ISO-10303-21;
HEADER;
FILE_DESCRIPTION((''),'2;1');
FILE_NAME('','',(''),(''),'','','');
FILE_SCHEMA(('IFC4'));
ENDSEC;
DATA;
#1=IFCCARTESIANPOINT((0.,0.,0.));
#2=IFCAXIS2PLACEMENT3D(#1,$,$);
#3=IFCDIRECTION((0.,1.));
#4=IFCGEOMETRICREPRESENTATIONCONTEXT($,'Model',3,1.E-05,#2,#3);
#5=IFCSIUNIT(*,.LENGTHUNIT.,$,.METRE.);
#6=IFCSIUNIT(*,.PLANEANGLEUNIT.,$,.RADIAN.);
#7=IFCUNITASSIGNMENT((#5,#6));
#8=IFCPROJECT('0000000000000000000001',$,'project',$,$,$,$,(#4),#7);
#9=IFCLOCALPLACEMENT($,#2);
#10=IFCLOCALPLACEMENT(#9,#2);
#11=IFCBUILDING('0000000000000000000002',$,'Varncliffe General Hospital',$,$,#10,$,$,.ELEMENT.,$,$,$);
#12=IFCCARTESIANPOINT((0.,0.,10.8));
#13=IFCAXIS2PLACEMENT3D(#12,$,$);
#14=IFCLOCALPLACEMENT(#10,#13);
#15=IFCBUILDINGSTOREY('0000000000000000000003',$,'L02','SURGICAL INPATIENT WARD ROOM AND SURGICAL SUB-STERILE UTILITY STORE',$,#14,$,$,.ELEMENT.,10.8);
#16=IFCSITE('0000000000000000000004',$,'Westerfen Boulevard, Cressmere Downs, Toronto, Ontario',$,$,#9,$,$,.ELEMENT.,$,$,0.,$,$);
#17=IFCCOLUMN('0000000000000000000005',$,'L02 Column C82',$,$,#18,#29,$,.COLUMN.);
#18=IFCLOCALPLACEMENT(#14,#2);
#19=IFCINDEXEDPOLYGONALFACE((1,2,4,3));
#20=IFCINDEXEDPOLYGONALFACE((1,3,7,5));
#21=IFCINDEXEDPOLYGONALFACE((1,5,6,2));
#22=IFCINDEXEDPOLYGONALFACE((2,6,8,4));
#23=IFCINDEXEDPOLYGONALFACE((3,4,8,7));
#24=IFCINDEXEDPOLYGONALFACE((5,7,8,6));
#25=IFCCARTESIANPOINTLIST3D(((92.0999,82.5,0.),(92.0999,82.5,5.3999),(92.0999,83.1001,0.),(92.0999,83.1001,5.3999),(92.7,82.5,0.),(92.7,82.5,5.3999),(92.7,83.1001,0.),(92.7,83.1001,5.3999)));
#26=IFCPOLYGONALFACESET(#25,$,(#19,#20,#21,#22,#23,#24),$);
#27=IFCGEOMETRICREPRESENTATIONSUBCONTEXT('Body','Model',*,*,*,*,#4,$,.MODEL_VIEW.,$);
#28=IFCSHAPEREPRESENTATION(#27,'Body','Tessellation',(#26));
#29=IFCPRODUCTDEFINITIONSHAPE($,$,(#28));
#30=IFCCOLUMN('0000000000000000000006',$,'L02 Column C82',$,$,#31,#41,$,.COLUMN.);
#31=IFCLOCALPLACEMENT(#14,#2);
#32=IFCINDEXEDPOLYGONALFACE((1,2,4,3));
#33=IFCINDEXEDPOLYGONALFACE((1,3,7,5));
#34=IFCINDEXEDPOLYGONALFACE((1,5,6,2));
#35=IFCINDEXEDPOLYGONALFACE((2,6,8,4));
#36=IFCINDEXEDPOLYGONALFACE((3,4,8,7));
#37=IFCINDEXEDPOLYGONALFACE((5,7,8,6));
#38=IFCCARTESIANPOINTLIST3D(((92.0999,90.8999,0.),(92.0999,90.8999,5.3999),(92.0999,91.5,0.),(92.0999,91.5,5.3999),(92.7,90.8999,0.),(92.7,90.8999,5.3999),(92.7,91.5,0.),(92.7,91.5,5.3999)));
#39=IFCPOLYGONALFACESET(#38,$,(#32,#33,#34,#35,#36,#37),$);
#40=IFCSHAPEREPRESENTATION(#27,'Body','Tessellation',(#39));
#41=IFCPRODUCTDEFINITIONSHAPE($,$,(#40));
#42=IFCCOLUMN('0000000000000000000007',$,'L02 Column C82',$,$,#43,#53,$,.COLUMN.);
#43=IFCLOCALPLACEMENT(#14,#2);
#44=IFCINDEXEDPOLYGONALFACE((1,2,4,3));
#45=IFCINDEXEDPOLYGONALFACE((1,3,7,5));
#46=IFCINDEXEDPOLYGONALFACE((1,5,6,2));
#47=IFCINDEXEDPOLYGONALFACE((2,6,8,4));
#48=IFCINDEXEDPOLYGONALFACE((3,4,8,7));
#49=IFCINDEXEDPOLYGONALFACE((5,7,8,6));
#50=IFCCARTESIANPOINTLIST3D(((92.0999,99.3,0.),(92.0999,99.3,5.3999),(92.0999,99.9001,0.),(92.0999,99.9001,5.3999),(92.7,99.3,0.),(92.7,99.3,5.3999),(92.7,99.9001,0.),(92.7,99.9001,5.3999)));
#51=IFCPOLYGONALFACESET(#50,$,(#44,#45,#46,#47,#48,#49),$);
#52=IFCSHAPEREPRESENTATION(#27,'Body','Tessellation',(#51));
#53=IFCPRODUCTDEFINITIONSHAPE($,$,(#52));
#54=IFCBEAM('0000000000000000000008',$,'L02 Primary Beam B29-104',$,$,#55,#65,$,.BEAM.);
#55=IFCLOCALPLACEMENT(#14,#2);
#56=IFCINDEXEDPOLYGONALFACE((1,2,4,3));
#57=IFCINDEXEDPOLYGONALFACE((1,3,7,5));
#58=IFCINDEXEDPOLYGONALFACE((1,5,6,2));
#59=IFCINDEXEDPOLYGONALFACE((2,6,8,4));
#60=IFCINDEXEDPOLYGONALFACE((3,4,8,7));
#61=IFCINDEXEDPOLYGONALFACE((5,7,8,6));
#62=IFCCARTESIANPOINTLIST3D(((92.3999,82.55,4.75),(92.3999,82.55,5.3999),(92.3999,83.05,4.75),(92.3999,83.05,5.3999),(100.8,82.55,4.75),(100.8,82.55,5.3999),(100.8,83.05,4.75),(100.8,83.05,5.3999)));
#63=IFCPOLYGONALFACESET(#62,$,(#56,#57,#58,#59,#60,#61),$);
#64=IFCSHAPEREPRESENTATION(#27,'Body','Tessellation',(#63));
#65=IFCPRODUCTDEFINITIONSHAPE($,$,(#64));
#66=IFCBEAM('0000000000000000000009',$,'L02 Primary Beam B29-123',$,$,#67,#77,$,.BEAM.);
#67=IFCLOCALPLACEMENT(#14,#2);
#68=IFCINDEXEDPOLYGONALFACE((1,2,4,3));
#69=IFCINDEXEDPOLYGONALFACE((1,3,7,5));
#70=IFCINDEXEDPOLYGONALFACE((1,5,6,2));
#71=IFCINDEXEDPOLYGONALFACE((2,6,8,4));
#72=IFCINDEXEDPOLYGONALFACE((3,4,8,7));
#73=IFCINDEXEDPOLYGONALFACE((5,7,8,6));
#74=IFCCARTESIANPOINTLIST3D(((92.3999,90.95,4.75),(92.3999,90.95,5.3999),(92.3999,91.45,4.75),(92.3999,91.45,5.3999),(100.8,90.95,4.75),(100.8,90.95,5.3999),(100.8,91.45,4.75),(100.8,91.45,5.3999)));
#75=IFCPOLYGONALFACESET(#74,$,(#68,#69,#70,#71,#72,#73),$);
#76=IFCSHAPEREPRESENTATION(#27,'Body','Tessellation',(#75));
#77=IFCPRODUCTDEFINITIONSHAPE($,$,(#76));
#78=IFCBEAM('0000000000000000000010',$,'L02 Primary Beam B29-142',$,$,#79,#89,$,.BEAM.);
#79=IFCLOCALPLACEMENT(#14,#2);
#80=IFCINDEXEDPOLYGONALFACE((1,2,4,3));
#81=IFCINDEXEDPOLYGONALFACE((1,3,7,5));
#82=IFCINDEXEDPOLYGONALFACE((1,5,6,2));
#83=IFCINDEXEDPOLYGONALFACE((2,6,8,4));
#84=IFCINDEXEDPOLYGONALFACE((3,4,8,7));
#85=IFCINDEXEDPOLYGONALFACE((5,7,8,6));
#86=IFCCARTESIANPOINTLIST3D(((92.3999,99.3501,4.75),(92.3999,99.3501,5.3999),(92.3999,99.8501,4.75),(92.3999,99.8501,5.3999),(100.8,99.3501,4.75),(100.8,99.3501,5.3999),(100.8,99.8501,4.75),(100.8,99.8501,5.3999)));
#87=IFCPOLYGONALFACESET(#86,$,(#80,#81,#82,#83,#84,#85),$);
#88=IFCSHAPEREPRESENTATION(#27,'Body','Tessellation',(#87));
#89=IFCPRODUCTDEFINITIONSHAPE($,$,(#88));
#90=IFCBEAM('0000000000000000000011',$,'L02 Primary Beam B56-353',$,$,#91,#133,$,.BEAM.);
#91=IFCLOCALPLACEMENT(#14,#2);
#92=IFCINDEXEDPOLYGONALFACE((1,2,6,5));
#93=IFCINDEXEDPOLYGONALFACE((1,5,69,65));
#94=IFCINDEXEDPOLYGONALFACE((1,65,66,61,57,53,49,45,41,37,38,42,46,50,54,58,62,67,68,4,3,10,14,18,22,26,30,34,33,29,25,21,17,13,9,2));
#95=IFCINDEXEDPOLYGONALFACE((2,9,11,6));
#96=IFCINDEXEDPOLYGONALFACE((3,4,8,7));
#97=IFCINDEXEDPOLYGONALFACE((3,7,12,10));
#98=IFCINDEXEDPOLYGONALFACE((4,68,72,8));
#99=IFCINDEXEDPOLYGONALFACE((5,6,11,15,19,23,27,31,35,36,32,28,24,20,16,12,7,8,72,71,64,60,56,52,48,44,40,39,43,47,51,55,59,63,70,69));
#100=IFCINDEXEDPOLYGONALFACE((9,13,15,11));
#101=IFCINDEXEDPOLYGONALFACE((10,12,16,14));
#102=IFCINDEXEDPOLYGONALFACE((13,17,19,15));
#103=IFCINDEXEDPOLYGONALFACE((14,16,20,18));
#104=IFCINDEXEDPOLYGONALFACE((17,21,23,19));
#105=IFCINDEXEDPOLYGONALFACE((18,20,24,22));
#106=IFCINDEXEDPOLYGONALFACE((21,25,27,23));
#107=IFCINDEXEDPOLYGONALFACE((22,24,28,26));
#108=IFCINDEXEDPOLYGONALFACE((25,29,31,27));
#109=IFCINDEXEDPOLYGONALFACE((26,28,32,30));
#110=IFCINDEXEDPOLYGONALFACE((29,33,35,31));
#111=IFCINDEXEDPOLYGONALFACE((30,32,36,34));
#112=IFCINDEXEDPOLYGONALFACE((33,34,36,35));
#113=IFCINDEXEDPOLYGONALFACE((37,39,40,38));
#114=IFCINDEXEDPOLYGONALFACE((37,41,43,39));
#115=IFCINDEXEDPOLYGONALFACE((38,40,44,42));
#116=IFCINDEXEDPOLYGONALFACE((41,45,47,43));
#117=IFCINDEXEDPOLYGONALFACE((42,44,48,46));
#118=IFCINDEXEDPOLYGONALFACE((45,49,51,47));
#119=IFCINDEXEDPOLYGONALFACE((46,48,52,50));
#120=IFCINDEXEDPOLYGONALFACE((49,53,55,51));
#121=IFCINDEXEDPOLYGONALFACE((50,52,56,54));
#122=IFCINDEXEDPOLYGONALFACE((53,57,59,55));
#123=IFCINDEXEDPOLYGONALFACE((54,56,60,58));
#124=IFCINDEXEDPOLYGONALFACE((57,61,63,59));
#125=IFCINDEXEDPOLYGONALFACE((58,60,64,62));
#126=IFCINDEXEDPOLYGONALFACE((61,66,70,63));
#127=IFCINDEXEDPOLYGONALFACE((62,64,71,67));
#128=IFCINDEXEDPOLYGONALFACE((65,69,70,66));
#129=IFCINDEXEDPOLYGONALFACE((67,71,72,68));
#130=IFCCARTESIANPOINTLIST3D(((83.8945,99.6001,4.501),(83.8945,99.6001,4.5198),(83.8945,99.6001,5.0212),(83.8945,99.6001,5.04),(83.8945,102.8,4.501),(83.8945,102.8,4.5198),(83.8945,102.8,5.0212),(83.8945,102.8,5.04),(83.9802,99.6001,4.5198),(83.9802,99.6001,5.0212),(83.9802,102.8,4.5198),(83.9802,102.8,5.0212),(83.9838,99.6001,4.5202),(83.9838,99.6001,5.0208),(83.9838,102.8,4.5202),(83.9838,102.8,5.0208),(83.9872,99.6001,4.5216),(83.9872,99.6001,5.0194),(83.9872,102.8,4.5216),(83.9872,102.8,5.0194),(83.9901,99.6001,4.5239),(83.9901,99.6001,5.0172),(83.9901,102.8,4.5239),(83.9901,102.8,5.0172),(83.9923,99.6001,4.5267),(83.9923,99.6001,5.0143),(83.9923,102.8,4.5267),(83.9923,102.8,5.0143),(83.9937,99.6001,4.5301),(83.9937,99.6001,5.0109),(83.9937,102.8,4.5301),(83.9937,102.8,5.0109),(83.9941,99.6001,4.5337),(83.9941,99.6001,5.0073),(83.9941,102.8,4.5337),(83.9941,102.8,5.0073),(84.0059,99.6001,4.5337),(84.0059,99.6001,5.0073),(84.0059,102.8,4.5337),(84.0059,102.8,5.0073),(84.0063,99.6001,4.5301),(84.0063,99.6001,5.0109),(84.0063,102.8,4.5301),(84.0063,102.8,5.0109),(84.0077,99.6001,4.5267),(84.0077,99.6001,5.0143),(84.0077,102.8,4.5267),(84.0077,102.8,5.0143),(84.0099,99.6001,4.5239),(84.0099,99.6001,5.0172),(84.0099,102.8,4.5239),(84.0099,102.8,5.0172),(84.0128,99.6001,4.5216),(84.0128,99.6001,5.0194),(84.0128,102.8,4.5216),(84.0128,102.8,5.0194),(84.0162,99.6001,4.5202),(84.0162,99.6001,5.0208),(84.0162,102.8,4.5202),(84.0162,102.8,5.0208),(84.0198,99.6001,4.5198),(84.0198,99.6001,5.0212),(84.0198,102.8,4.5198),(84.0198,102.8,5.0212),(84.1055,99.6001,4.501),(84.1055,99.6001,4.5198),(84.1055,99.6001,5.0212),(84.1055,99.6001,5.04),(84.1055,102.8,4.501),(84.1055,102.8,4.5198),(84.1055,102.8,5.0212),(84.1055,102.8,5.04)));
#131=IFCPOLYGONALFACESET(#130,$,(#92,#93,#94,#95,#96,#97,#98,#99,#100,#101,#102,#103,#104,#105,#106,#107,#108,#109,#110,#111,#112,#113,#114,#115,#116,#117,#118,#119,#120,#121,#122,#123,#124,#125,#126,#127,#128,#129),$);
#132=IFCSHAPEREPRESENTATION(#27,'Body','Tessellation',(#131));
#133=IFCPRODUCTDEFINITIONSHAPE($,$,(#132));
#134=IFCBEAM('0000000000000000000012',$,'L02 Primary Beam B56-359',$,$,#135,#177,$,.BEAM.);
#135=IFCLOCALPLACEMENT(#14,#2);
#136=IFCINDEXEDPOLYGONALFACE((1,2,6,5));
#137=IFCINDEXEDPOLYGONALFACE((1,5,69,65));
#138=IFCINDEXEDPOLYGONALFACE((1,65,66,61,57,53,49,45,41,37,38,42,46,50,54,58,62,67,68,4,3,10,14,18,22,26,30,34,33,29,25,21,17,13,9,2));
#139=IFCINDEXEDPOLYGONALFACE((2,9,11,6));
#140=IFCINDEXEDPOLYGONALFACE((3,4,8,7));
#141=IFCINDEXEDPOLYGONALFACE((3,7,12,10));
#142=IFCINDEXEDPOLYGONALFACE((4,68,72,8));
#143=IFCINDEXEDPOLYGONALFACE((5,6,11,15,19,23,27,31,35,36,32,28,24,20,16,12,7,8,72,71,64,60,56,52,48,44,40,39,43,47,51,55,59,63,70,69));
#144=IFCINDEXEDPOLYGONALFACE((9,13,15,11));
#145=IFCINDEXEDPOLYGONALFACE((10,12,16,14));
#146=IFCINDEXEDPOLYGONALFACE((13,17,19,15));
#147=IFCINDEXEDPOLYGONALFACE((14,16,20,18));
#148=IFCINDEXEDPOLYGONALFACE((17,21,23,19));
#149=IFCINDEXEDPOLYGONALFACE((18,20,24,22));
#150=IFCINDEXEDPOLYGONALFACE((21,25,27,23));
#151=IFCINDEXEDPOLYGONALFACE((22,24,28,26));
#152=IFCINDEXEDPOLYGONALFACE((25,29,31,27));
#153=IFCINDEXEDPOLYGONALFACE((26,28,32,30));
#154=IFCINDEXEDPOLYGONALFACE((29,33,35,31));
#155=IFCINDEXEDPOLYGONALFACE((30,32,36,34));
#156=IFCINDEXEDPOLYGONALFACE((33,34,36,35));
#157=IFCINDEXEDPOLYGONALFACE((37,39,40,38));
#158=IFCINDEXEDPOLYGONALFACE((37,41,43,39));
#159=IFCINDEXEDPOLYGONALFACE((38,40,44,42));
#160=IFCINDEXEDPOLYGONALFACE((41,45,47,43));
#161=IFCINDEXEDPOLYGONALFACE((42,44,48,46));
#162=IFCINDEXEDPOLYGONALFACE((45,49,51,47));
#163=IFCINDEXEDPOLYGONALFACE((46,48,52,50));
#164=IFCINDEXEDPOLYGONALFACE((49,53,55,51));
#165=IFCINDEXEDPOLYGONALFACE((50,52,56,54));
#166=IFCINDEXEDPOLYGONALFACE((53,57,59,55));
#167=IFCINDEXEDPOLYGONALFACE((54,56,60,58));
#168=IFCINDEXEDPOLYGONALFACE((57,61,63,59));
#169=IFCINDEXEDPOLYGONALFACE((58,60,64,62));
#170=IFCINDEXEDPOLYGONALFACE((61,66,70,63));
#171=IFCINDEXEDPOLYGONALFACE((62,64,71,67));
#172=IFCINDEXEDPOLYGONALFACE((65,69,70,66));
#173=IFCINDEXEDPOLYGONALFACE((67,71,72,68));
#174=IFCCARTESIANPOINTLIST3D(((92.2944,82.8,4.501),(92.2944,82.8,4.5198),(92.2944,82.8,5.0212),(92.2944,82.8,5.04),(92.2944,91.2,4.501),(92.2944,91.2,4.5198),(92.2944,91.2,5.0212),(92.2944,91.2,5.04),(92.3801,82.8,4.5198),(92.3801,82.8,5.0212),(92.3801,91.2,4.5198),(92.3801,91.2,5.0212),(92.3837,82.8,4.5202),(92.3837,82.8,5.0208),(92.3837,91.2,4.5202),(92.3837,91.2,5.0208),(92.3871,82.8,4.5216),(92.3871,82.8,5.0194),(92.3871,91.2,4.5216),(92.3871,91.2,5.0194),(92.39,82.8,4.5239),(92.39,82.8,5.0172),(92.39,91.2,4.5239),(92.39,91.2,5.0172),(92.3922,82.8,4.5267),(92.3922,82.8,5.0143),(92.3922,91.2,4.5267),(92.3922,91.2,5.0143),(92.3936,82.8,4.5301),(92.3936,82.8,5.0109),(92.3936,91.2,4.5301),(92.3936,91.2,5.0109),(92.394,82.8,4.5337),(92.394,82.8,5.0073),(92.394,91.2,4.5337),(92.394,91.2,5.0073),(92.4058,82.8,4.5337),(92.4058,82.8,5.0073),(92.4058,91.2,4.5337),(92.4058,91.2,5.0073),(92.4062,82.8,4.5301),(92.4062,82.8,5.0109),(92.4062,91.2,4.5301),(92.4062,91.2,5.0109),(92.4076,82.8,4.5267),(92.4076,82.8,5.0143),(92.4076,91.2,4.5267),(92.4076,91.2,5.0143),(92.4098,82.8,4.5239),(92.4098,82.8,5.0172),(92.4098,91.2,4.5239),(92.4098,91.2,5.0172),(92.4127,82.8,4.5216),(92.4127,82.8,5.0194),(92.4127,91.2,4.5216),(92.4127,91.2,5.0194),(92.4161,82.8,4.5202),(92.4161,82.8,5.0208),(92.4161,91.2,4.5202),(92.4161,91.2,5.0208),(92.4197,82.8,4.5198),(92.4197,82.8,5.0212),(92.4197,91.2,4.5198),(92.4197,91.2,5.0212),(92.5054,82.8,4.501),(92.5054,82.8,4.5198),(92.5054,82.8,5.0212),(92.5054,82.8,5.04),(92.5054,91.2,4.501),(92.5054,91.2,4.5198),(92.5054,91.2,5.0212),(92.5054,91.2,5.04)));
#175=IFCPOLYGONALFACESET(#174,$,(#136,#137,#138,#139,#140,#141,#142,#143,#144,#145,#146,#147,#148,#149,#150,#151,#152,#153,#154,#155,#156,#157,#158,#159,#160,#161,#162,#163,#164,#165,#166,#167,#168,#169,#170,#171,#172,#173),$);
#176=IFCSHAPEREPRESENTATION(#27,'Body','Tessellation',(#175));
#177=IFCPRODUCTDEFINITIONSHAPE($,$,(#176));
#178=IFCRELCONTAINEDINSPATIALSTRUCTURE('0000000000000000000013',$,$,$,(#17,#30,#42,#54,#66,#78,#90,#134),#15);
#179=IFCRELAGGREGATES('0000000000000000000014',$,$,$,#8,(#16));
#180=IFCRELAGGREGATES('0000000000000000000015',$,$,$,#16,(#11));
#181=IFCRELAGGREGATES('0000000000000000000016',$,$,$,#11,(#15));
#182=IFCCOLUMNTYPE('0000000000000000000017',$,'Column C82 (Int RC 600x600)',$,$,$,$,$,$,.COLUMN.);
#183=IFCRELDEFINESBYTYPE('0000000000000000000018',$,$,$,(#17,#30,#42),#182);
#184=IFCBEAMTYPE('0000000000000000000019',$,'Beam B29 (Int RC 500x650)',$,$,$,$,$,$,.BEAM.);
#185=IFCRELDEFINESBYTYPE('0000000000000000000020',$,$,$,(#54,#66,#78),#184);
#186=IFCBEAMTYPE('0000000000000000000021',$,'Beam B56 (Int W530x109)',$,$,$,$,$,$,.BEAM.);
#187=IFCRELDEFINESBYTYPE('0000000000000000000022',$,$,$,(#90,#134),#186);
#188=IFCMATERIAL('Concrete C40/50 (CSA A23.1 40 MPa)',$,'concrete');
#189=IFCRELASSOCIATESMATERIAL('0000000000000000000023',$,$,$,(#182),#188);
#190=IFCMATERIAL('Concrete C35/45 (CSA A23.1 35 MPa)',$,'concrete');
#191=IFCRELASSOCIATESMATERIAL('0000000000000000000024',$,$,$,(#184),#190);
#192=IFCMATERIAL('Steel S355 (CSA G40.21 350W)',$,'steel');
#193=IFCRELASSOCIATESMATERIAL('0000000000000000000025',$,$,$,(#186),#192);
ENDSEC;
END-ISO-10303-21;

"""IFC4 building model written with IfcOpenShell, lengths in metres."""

from ifc_helpers import new_model, si_unit, direction, frame, origin, origin_2d, place, context, subcontext, project, spatial, rectangle, i_section, extrude, material, material_profile, profile_set, type_object, element, save


model = new_model("IFC4")

# Units and contexts
model_context = context("Model", 3, precision=1e-05, world=origin(), true_north=direction((0.0, 1.0)))
body_context = subcontext(model_context, "Body", "Model", "MODEL_VIEW")
ifc_project = project(units=[si_unit("LENGTHUNIT", "METRE"), si_unit("PLANEANGLEUNIT", "RADIAN")], contexts=[model_context])

# Site, building, storey
site_placement = place(None, origin())
site = spatial("IfcSite", under=ifc_project, at=site_placement, Name="Westerfen Boulevard, Cressmere Downs, Toronto, Ontario", CompositionType="ELEMENT", RefElevation=0.0)
building_placement = place(site_placement, origin())
building = spatial("IfcBuilding", under=site, at=building_placement, Name="Varncliffe General Hospital", CompositionType="ELEMENT")
storey_placement = place(building_placement, frame((0.0, 0.0, 10.8)))
storey = spatial("IfcBuildingStorey", under=building, at=storey_placement, Name="L02", Description="SURGICAL INPATIENT WARD ROOM AND SURGICAL SUB-STERILE UTILITY STORE", CompositionType="ELEMENT", Elevation=10.8)

# Columns
ifc_material_1 = material(Name="Concrete C40/50 (CSA A23.1 40 MPa)", Category="concrete")
ifc_material_profile_1 = material_profile(ifc_material_1, rectangle(XDim=0.6001, YDim=0.6001, at=origin_2d()), Name="RC 600x600")
ifc_profile_set_1 = profile_set([ifc_material_profile_1], Name="Concrete C40/50 (CSA A23.1 40 MPa)")
column_type = type_object("IfcColumnType", Name="Column C82 (Int RC 600x600)", PredefinedType="COLUMN", material=ifc_profile_set_1)
for number, where, z_axis, x_axis, name in (
    (1, (92.3999, 82.8, 0.0), (0.0, 0.0, 1.0), (1.0, 0.0, 0.0), "L02 Column C82"),
    (2, (92.3999, 91.2, 0.0), (0.0, 0.0, 1.0), (1.0, 0.0, 0.0), "L02 Column C82"),
    (3, (92.3999, 99.6001, 0.0), (0.0, 0.0, 1.0), (1.0, 0.0, 0.0), "L02 Column C82"),
):
    element("IfcColumn", number, at=place(storey_placement, frame(where, z_axis=z_axis, x_axis=x_axis)), inside=storey, type_object=column_type, Name=name, PredefinedType="COLUMN", context=body_context, shape_type="SweptSolid", body=[
        extrude(rectangle(XDim=0.6001, YDim=0.6001, at=origin_2d()), origin(), (0.0, 0.0, 1.0), 5.3999),
    ])

# Beams
ifc_material_2 = material(Name="Concrete C35/45 (CSA A23.1 35 MPa)", Category="concrete")
ifc_material_profile_2 = material_profile(ifc_material_2, rectangle(XDim=0.5, YDim=0.6499, at=origin_2d()), Name="RC 500x650")
ifc_profile_set_2 = profile_set([ifc_material_profile_2], Name="Concrete C35/45 (CSA A23.1 35 MPa)")
beam_type_1 = type_object("IfcBeamType", Name="Beam B29 (Int RC 500x650)", PredefinedType="BEAM", material=ifc_profile_set_2)
for number, where, z_axis, x_axis, name in (
    (4, (92.3999, 82.8, 5.075), (1.0, 0.0, 0.0), (0.0, 1.0, 0.0), "L02 Primary Beam B29-104"),
    (5, (92.3999, 91.2, 5.075), (1.0, 0.0, 0.0), (0.0, 1.0, 0.0), "L02 Primary Beam B29-123"),
    (6, (92.3999, 99.6001, 5.075), (1.0, 0.0, 0.0), (0.0, 1.0, 0.0), "L02 Primary Beam B29-142"),
):
    element("IfcBeam", number, at=place(storey_placement, frame(where, z_axis=z_axis, x_axis=x_axis)), inside=storey, type_object=beam_type_1, Name=name, PredefinedType="BEAM", context=body_context, shape_type="SweptSolid", body=[
        extrude(rectangle(XDim=0.5, YDim=0.6499, at=origin_2d()), origin(), (0.0, 0.0, 1.0), 8.4001),
    ])
ifc_material_3 = material(Name="Steel S355 (CSA G40.21 350W)", Category="steel")
ifc_material_profile_3 = material_profile(ifc_material_3, i_section(OverallWidth=0.2109, OverallDepth=0.5391, WebThickness=0.0117, FlangeThickness=0.0188, FilletRadius=0.0139, at=origin_2d()), Name="W530x109")
ifc_profile_set_3 = profile_set([ifc_material_profile_3], Name="Steel S355 (CSA G40.21 350W)")
beam_type_2 = type_object("IfcBeamType", Name="Beam B56 (Int W530x109)", PredefinedType="BEAM", material=ifc_profile_set_3)
beam_1_placement = place(storey_placement, frame((84.0, 99.6001, 4.7705), z_axis=(0.0, 1.0, 0.0), x_axis=(-1.0, 0.0, 0.0)))
element("IfcBeam", 7, at=beam_1_placement, inside=storey, type_object=beam_type_2, Name="L02 Primary Beam B56-353", PredefinedType="BEAM", context=body_context, shape_type="SweptSolid", body=[
    extrude(i_section(OverallWidth=0.2109, OverallDepth=0.5391, WebThickness=0.0117, FlangeThickness=0.0188, FilletRadius=0.0139, at=origin_2d()), origin(), (0.0, 0.0, 1.0), 3.2),
])
beam_2_placement = place(storey_placement, frame((92.3999, 82.8, 4.7705), z_axis=(0.0, 1.0, 0.0), x_axis=(-1.0, 0.0, 0.0)))
element("IfcBeam", 8, at=beam_2_placement, inside=storey, type_object=beam_type_2, Name="L02 Primary Beam B56-359", PredefinedType="BEAM", context=body_context, shape_type="SweptSolid", body=[
    extrude(i_section(OverallWidth=0.2109, OverallDepth=0.5391, WebThickness=0.0117, FlangeThickness=0.0188, FilletRadius=0.0139, at=origin_2d()), origin(), (0.0, 0.0, 1.0), 8.3999),
])

save(model, "model.ifc")
